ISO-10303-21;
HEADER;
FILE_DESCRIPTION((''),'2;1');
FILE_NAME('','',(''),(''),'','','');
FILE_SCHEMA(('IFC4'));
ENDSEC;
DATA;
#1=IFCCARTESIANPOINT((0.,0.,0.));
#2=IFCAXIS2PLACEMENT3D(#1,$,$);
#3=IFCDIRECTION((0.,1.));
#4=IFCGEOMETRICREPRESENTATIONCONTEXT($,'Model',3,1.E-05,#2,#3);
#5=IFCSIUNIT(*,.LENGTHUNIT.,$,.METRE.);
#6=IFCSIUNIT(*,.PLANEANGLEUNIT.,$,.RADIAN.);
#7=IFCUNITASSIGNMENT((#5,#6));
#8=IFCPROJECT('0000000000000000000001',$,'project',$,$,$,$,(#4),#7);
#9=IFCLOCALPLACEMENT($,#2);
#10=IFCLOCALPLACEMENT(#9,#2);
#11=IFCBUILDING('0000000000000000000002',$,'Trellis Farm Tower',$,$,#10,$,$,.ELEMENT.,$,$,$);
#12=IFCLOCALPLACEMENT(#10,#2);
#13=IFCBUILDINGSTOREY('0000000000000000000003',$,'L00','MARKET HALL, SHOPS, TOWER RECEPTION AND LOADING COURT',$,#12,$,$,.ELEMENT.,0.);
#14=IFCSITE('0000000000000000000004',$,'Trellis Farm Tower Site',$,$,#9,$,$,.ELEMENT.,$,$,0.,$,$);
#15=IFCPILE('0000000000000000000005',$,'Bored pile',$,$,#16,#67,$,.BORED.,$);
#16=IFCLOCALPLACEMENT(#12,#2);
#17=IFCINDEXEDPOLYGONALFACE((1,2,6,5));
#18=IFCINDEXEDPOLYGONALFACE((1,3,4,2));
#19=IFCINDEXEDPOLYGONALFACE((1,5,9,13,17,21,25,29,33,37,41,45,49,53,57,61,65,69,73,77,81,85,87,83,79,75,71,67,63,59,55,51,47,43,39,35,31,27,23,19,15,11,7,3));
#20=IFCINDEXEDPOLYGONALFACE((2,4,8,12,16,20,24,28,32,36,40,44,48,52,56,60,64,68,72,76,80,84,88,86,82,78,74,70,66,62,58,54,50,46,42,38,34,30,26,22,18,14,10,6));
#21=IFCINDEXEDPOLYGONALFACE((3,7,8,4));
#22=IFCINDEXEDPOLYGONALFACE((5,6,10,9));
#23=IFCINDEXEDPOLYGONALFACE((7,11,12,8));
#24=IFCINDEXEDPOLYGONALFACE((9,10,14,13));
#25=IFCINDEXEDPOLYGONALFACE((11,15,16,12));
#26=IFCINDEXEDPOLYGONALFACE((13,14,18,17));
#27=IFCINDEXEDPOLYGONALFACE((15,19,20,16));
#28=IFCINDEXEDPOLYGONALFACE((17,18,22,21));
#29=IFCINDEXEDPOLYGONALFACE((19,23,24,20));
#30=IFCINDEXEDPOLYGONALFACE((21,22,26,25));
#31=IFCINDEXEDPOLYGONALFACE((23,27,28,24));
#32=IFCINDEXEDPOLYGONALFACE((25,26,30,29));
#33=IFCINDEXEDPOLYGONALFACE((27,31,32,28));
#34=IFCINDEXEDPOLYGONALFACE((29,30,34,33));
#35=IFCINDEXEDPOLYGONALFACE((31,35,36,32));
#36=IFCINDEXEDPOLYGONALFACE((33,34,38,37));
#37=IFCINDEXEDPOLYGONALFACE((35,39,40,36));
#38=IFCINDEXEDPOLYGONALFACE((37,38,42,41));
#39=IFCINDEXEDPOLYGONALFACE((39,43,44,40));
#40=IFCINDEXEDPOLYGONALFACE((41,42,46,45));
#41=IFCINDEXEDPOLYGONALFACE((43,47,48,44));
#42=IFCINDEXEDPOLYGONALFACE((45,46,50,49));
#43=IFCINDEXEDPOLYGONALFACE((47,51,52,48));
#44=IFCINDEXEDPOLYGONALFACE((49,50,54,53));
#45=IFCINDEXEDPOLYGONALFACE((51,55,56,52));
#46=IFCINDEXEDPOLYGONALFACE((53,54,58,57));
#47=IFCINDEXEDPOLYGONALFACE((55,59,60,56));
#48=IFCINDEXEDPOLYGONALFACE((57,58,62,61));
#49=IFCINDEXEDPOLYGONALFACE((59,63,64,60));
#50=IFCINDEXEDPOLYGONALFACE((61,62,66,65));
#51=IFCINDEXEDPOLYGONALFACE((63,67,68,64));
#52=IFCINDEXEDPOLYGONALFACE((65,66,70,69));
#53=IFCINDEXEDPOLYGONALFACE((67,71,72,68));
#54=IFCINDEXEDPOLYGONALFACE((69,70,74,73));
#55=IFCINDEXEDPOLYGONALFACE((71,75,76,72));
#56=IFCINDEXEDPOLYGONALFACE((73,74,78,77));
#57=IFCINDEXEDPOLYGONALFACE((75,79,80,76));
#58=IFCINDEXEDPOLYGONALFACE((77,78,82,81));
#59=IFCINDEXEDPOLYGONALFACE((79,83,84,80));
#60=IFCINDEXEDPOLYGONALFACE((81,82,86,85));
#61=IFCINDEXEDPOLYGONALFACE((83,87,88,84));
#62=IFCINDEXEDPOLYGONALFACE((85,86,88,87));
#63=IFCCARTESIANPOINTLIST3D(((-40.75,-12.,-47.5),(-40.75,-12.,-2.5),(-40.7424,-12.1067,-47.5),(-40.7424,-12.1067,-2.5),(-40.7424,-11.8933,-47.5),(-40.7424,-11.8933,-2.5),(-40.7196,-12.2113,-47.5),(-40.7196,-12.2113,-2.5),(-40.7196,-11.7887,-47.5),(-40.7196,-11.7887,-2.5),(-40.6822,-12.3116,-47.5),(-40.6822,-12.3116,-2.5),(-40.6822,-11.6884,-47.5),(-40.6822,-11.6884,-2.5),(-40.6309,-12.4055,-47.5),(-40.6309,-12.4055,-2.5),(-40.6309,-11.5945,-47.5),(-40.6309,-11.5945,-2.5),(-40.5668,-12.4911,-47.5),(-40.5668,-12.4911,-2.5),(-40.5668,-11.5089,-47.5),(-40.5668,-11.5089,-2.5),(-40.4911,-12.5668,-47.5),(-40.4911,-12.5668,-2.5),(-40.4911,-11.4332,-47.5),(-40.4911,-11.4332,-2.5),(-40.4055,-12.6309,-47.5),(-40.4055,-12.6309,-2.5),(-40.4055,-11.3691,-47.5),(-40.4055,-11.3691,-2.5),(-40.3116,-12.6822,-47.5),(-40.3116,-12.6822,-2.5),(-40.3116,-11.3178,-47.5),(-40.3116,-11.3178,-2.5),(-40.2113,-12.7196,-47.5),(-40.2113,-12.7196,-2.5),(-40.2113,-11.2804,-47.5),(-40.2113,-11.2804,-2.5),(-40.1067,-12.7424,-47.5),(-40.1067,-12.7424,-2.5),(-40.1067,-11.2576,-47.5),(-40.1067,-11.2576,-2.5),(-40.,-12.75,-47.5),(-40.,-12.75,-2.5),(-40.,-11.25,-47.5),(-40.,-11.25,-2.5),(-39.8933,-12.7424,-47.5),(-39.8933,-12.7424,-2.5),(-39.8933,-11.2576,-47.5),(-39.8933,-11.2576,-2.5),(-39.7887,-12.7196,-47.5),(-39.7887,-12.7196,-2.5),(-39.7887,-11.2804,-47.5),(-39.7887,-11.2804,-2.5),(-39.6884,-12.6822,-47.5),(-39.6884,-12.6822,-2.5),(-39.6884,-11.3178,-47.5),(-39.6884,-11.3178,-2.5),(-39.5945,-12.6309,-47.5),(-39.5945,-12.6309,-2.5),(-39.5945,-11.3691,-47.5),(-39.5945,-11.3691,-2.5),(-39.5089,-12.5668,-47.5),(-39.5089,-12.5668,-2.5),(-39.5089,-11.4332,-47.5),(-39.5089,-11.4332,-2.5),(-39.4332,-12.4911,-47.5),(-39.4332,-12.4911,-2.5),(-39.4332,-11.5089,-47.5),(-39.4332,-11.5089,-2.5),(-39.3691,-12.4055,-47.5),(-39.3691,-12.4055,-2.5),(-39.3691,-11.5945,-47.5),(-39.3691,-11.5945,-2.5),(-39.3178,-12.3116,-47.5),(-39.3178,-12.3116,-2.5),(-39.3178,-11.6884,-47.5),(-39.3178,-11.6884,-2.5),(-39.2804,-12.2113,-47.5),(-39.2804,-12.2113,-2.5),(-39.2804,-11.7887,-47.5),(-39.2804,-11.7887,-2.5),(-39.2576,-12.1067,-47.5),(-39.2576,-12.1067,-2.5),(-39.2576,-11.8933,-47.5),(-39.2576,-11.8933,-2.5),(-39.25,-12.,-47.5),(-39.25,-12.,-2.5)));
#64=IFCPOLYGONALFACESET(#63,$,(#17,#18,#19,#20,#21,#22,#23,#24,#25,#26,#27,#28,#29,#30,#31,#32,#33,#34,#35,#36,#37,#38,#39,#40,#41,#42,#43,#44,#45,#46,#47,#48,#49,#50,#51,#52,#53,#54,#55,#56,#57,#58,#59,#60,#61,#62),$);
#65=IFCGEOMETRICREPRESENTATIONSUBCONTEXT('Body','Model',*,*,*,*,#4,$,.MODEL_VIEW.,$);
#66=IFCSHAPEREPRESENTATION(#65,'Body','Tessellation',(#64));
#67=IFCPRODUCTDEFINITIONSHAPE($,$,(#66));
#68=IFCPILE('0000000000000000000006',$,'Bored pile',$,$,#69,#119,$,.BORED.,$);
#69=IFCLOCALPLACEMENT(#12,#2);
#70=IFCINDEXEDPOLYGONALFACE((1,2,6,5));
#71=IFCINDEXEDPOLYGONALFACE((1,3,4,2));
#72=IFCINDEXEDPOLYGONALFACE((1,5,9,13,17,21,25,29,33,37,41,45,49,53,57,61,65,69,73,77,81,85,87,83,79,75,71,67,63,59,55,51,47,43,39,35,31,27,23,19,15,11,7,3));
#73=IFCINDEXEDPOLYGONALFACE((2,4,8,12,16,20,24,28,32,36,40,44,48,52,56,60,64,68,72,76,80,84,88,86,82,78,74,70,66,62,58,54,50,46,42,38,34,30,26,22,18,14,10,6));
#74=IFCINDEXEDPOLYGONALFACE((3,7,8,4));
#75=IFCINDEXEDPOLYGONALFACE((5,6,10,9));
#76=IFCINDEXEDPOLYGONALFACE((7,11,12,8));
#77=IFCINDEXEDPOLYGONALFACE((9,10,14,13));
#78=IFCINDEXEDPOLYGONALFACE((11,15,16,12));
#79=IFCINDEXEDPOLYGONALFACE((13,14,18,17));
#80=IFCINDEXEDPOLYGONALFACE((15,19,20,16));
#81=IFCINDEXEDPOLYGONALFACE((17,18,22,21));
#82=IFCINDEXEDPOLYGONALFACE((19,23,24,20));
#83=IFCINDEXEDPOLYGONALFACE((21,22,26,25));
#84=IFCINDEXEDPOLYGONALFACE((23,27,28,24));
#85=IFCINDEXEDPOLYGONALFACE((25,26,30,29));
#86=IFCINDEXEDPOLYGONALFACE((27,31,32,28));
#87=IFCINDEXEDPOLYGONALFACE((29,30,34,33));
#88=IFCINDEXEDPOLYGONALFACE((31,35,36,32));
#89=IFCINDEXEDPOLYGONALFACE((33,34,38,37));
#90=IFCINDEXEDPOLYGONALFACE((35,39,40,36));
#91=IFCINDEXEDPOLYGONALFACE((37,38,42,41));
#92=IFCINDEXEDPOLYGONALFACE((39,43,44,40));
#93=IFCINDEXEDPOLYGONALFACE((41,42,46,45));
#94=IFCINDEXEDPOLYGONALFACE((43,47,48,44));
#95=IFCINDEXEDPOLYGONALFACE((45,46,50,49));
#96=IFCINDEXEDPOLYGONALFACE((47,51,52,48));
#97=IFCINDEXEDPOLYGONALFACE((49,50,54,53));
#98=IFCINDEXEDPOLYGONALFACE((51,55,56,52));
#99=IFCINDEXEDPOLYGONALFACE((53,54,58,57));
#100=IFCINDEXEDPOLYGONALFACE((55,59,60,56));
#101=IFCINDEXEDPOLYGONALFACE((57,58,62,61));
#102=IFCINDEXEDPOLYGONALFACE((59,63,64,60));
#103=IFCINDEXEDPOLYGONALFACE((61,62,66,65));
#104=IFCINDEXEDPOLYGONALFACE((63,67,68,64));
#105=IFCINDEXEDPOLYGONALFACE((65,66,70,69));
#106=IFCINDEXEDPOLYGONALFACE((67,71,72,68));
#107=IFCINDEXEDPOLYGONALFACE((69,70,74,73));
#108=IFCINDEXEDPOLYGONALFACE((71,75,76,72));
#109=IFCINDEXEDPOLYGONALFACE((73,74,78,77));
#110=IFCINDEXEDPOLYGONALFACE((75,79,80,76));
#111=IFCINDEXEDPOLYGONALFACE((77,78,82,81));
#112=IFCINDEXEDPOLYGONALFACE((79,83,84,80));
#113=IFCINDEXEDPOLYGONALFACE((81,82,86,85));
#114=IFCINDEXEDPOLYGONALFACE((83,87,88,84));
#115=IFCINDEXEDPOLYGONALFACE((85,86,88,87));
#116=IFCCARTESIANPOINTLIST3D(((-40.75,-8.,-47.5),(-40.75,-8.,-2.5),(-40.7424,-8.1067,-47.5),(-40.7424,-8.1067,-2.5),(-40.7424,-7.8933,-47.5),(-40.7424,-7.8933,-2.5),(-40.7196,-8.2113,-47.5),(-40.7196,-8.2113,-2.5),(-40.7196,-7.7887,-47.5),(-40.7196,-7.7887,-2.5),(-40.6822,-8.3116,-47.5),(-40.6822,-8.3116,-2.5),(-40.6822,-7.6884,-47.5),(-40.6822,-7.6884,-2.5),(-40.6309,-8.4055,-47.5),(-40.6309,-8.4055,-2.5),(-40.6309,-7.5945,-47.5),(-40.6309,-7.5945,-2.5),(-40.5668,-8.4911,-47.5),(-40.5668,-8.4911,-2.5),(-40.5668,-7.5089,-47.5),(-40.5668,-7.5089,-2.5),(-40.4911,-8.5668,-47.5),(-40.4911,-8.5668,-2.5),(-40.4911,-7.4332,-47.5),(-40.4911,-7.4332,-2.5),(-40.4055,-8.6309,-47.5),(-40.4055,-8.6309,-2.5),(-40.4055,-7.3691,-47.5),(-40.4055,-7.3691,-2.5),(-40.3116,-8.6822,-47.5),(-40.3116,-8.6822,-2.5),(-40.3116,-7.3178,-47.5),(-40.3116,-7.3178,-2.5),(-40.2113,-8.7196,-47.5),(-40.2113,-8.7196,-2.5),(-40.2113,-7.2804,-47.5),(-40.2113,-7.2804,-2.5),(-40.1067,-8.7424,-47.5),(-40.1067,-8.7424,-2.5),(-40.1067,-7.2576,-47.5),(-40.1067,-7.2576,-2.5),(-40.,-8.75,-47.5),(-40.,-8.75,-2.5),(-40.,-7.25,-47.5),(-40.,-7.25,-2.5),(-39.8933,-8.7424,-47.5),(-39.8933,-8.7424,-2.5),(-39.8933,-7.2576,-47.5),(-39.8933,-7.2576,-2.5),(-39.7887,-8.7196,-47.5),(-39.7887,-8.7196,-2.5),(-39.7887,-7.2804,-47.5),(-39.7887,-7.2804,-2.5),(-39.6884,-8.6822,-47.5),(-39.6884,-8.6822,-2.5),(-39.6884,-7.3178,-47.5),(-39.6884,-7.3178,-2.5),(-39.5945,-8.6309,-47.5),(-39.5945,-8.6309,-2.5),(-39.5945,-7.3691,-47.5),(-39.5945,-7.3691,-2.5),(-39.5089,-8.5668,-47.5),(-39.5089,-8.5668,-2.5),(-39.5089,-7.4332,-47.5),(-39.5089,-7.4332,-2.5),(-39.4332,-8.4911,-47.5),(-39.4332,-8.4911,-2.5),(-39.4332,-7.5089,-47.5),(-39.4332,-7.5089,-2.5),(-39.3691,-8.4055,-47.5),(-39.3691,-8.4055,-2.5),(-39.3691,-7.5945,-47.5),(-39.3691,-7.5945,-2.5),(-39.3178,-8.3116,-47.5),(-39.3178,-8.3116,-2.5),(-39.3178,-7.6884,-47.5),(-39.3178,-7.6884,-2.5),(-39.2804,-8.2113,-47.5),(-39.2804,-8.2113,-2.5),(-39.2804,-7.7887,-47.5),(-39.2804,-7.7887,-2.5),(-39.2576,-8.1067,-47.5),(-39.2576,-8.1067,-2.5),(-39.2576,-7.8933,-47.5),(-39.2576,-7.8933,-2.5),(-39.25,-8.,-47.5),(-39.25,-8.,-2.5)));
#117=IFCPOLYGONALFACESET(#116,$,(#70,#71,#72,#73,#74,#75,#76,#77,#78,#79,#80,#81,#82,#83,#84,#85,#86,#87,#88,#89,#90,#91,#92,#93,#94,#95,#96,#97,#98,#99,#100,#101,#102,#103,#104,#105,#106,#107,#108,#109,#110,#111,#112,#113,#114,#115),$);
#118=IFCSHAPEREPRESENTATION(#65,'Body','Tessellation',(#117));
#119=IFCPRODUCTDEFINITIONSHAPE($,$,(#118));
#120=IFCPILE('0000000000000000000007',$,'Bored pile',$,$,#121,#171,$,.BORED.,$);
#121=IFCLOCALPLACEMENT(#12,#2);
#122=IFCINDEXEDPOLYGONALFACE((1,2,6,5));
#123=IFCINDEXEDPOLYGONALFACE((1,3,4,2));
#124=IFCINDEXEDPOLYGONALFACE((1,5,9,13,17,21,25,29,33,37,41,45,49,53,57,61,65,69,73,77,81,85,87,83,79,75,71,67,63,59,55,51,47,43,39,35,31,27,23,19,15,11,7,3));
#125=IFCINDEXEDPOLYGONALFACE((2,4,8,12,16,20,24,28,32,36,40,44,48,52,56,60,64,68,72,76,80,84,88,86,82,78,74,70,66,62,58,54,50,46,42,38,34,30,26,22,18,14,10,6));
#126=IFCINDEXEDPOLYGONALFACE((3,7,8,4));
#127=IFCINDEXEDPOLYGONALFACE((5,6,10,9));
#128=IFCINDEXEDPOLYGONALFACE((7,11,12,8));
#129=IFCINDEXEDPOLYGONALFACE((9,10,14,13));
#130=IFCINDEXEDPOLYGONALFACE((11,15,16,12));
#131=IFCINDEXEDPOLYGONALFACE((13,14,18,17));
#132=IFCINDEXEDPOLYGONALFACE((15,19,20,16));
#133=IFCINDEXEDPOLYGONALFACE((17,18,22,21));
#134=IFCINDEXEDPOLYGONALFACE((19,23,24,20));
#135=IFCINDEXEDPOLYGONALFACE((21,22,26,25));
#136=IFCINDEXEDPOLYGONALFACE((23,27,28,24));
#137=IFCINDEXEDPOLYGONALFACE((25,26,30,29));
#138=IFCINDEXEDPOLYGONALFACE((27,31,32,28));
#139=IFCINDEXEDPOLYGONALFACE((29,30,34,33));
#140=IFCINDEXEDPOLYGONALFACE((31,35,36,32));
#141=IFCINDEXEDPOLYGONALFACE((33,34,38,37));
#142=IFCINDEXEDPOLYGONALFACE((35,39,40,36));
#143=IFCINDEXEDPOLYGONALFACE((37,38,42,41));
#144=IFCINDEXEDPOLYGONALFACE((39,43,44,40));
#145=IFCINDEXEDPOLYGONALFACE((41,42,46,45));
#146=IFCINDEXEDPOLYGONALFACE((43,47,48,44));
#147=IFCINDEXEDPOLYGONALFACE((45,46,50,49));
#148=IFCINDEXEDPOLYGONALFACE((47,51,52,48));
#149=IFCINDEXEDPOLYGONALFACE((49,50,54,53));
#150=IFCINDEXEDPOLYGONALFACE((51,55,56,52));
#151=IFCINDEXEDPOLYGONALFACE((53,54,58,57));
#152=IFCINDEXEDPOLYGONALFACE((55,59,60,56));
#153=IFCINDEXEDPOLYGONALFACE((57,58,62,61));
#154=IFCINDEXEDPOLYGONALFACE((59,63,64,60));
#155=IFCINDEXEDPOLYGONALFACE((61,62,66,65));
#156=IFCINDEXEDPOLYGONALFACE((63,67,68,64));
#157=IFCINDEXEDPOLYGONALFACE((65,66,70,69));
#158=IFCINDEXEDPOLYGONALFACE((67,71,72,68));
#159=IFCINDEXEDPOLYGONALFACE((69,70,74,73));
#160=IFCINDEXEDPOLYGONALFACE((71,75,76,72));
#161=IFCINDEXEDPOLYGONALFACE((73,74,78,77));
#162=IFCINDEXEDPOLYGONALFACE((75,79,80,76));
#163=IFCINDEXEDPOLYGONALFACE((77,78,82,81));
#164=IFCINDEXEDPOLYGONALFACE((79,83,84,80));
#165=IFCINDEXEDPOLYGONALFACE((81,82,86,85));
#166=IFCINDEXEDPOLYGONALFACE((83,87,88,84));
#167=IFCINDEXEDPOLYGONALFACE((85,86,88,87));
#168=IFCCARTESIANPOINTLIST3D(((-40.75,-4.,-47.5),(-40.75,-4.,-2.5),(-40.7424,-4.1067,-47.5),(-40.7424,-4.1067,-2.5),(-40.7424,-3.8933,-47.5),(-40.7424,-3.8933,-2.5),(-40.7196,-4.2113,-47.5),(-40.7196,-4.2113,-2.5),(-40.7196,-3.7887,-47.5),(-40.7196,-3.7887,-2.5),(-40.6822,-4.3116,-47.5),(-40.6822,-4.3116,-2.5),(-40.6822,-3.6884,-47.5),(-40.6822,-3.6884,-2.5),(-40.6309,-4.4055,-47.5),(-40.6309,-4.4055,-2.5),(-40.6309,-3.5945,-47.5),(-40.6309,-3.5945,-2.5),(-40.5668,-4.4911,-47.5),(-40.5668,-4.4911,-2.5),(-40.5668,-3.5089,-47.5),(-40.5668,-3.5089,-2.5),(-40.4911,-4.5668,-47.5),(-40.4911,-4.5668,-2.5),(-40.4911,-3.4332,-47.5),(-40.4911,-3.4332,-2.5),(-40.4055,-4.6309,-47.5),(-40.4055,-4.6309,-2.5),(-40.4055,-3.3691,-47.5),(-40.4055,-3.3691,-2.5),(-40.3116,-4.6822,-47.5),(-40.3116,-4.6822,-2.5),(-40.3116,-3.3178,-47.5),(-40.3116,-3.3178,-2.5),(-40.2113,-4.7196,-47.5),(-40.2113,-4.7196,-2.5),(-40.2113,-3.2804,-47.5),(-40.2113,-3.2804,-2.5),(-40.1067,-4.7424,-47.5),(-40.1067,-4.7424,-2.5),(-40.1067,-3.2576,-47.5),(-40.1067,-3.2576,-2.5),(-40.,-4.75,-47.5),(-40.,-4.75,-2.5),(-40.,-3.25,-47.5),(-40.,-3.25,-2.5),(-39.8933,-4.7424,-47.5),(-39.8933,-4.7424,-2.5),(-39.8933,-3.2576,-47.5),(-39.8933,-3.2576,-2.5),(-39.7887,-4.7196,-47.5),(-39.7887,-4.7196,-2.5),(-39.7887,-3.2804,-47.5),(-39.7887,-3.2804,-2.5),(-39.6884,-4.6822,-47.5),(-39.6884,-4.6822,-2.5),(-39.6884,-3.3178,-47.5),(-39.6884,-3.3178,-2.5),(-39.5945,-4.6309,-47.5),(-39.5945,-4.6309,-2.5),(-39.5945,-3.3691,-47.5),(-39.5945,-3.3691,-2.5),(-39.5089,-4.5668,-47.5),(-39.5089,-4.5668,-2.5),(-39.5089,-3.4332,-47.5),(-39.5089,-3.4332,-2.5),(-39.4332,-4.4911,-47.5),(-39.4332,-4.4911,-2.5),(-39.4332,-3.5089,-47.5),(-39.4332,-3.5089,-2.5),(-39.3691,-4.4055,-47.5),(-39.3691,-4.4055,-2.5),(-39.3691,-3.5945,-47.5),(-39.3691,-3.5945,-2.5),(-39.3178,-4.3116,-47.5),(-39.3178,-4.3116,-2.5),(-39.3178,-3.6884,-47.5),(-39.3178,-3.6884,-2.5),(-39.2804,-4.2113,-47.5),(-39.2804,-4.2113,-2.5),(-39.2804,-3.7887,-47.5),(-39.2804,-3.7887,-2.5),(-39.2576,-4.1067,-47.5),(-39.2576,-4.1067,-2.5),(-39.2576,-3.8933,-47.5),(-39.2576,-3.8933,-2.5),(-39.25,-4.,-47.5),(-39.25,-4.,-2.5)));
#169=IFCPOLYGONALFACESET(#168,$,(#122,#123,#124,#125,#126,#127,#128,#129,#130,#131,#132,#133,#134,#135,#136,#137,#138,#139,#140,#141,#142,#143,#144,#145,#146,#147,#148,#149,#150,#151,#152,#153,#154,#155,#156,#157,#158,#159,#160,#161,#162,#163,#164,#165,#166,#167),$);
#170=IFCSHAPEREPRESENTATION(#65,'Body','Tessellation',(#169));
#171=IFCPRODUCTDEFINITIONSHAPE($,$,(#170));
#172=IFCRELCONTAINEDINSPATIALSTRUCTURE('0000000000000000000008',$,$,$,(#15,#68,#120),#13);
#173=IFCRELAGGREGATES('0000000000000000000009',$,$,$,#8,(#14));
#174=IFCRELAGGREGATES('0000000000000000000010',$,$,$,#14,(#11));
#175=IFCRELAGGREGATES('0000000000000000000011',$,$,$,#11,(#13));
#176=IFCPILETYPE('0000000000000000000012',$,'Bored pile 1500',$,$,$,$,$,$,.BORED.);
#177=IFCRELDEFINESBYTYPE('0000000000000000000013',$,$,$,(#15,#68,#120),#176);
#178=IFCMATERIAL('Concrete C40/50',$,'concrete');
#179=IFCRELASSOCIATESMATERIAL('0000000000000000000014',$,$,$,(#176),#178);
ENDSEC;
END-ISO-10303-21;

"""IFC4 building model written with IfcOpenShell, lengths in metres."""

from ifc_helpers import new_model, si_unit, direction, frame, origin, origin_2d, place, context, subcontext, project, spatial, circle, extrude, source, transform, mapped, material, material_profile, profile_set, type_object, element, save


model = new_model("IFC4")

# Units and contexts
model_context = context("Model", 3, precision=1e-05, world=origin(), true_north=direction((0.0, 1.0)))
body_context = subcontext(model_context, "Body", "Model", "MODEL_VIEW")
ifc_project = project(units=[si_unit("LENGTHUNIT", "METRE"), si_unit("PLANEANGLEUNIT", "RADIAN")], contexts=[model_context])

# Site, building, storey
site_placement = place(None, origin())
site = spatial("IfcSite", under=ifc_project, at=site_placement, Name="Trellis Farm Tower Site", CompositionType="ELEMENT", RefElevation=0.0)
building_placement = place(site_placement, origin())
building = spatial("IfcBuilding", under=site, at=building_placement, Name="Trellis Farm Tower", CompositionType="ELEMENT")
storey_placement = place(building_placement, origin())
storey = spatial("IfcBuildingStorey", under=building, at=storey_placement, Name="L00", Description="MARKET HALL, SHOPS, TOWER RECEPTION AND LOADING COURT", CompositionType="ELEMENT", Elevation=0.0)

# Piles
ifc_material_1 = material(Name="Concrete C40/50", Category="concrete")
ifc_material_profile_1 = material_profile(ifc_material_1, circle(Radius=0.75, at=origin_2d()), Name="Bored pile 1500")
ifc_profile_set_1 = profile_set([ifc_material_profile_1], Name="Concrete C40/50")
pile_type = type_object("IfcPileType", Name="Bored pile 1500", PredefinedType="BORED", material=ifc_profile_set_1)
shared_shape_1 = source(origin(), body_context, "Body", "SweptSolid", [
    extrude(circle(Radius=0.75, at=origin_2d()), origin(), (0.0, 0.0, 1.0), 45.0),
])
for number, where, z_axis, x_axis, name in (
    (1, (-40.0, -12.0, -2.5), (0.0, 0.0, -1.0), (1.0, 0.0, 0.0), "Bored pile"),
    (2, (-40.0, -8.0, -2.5), (0.0, 0.0, -1.0), (1.0, 0.0, 0.0), "Bored pile"),
    (3, (-40.0, -4.0, -2.5), (0.0, 0.0, -1.0), (1.0, 0.0, 0.0), "Bored pile"),
):
    element("IfcPile", number, at=place(storey_placement, frame(where, z_axis=z_axis, x_axis=x_axis)), inside=storey, type_object=pile_type, Name=name, PredefinedType="BORED", context=body_context, shape_type="MappedRepresentation", body=[
        mapped(shared_shape_1, transform((0.0, 0.0, 0.0))),
    ])

save(model, "model.ifc")
